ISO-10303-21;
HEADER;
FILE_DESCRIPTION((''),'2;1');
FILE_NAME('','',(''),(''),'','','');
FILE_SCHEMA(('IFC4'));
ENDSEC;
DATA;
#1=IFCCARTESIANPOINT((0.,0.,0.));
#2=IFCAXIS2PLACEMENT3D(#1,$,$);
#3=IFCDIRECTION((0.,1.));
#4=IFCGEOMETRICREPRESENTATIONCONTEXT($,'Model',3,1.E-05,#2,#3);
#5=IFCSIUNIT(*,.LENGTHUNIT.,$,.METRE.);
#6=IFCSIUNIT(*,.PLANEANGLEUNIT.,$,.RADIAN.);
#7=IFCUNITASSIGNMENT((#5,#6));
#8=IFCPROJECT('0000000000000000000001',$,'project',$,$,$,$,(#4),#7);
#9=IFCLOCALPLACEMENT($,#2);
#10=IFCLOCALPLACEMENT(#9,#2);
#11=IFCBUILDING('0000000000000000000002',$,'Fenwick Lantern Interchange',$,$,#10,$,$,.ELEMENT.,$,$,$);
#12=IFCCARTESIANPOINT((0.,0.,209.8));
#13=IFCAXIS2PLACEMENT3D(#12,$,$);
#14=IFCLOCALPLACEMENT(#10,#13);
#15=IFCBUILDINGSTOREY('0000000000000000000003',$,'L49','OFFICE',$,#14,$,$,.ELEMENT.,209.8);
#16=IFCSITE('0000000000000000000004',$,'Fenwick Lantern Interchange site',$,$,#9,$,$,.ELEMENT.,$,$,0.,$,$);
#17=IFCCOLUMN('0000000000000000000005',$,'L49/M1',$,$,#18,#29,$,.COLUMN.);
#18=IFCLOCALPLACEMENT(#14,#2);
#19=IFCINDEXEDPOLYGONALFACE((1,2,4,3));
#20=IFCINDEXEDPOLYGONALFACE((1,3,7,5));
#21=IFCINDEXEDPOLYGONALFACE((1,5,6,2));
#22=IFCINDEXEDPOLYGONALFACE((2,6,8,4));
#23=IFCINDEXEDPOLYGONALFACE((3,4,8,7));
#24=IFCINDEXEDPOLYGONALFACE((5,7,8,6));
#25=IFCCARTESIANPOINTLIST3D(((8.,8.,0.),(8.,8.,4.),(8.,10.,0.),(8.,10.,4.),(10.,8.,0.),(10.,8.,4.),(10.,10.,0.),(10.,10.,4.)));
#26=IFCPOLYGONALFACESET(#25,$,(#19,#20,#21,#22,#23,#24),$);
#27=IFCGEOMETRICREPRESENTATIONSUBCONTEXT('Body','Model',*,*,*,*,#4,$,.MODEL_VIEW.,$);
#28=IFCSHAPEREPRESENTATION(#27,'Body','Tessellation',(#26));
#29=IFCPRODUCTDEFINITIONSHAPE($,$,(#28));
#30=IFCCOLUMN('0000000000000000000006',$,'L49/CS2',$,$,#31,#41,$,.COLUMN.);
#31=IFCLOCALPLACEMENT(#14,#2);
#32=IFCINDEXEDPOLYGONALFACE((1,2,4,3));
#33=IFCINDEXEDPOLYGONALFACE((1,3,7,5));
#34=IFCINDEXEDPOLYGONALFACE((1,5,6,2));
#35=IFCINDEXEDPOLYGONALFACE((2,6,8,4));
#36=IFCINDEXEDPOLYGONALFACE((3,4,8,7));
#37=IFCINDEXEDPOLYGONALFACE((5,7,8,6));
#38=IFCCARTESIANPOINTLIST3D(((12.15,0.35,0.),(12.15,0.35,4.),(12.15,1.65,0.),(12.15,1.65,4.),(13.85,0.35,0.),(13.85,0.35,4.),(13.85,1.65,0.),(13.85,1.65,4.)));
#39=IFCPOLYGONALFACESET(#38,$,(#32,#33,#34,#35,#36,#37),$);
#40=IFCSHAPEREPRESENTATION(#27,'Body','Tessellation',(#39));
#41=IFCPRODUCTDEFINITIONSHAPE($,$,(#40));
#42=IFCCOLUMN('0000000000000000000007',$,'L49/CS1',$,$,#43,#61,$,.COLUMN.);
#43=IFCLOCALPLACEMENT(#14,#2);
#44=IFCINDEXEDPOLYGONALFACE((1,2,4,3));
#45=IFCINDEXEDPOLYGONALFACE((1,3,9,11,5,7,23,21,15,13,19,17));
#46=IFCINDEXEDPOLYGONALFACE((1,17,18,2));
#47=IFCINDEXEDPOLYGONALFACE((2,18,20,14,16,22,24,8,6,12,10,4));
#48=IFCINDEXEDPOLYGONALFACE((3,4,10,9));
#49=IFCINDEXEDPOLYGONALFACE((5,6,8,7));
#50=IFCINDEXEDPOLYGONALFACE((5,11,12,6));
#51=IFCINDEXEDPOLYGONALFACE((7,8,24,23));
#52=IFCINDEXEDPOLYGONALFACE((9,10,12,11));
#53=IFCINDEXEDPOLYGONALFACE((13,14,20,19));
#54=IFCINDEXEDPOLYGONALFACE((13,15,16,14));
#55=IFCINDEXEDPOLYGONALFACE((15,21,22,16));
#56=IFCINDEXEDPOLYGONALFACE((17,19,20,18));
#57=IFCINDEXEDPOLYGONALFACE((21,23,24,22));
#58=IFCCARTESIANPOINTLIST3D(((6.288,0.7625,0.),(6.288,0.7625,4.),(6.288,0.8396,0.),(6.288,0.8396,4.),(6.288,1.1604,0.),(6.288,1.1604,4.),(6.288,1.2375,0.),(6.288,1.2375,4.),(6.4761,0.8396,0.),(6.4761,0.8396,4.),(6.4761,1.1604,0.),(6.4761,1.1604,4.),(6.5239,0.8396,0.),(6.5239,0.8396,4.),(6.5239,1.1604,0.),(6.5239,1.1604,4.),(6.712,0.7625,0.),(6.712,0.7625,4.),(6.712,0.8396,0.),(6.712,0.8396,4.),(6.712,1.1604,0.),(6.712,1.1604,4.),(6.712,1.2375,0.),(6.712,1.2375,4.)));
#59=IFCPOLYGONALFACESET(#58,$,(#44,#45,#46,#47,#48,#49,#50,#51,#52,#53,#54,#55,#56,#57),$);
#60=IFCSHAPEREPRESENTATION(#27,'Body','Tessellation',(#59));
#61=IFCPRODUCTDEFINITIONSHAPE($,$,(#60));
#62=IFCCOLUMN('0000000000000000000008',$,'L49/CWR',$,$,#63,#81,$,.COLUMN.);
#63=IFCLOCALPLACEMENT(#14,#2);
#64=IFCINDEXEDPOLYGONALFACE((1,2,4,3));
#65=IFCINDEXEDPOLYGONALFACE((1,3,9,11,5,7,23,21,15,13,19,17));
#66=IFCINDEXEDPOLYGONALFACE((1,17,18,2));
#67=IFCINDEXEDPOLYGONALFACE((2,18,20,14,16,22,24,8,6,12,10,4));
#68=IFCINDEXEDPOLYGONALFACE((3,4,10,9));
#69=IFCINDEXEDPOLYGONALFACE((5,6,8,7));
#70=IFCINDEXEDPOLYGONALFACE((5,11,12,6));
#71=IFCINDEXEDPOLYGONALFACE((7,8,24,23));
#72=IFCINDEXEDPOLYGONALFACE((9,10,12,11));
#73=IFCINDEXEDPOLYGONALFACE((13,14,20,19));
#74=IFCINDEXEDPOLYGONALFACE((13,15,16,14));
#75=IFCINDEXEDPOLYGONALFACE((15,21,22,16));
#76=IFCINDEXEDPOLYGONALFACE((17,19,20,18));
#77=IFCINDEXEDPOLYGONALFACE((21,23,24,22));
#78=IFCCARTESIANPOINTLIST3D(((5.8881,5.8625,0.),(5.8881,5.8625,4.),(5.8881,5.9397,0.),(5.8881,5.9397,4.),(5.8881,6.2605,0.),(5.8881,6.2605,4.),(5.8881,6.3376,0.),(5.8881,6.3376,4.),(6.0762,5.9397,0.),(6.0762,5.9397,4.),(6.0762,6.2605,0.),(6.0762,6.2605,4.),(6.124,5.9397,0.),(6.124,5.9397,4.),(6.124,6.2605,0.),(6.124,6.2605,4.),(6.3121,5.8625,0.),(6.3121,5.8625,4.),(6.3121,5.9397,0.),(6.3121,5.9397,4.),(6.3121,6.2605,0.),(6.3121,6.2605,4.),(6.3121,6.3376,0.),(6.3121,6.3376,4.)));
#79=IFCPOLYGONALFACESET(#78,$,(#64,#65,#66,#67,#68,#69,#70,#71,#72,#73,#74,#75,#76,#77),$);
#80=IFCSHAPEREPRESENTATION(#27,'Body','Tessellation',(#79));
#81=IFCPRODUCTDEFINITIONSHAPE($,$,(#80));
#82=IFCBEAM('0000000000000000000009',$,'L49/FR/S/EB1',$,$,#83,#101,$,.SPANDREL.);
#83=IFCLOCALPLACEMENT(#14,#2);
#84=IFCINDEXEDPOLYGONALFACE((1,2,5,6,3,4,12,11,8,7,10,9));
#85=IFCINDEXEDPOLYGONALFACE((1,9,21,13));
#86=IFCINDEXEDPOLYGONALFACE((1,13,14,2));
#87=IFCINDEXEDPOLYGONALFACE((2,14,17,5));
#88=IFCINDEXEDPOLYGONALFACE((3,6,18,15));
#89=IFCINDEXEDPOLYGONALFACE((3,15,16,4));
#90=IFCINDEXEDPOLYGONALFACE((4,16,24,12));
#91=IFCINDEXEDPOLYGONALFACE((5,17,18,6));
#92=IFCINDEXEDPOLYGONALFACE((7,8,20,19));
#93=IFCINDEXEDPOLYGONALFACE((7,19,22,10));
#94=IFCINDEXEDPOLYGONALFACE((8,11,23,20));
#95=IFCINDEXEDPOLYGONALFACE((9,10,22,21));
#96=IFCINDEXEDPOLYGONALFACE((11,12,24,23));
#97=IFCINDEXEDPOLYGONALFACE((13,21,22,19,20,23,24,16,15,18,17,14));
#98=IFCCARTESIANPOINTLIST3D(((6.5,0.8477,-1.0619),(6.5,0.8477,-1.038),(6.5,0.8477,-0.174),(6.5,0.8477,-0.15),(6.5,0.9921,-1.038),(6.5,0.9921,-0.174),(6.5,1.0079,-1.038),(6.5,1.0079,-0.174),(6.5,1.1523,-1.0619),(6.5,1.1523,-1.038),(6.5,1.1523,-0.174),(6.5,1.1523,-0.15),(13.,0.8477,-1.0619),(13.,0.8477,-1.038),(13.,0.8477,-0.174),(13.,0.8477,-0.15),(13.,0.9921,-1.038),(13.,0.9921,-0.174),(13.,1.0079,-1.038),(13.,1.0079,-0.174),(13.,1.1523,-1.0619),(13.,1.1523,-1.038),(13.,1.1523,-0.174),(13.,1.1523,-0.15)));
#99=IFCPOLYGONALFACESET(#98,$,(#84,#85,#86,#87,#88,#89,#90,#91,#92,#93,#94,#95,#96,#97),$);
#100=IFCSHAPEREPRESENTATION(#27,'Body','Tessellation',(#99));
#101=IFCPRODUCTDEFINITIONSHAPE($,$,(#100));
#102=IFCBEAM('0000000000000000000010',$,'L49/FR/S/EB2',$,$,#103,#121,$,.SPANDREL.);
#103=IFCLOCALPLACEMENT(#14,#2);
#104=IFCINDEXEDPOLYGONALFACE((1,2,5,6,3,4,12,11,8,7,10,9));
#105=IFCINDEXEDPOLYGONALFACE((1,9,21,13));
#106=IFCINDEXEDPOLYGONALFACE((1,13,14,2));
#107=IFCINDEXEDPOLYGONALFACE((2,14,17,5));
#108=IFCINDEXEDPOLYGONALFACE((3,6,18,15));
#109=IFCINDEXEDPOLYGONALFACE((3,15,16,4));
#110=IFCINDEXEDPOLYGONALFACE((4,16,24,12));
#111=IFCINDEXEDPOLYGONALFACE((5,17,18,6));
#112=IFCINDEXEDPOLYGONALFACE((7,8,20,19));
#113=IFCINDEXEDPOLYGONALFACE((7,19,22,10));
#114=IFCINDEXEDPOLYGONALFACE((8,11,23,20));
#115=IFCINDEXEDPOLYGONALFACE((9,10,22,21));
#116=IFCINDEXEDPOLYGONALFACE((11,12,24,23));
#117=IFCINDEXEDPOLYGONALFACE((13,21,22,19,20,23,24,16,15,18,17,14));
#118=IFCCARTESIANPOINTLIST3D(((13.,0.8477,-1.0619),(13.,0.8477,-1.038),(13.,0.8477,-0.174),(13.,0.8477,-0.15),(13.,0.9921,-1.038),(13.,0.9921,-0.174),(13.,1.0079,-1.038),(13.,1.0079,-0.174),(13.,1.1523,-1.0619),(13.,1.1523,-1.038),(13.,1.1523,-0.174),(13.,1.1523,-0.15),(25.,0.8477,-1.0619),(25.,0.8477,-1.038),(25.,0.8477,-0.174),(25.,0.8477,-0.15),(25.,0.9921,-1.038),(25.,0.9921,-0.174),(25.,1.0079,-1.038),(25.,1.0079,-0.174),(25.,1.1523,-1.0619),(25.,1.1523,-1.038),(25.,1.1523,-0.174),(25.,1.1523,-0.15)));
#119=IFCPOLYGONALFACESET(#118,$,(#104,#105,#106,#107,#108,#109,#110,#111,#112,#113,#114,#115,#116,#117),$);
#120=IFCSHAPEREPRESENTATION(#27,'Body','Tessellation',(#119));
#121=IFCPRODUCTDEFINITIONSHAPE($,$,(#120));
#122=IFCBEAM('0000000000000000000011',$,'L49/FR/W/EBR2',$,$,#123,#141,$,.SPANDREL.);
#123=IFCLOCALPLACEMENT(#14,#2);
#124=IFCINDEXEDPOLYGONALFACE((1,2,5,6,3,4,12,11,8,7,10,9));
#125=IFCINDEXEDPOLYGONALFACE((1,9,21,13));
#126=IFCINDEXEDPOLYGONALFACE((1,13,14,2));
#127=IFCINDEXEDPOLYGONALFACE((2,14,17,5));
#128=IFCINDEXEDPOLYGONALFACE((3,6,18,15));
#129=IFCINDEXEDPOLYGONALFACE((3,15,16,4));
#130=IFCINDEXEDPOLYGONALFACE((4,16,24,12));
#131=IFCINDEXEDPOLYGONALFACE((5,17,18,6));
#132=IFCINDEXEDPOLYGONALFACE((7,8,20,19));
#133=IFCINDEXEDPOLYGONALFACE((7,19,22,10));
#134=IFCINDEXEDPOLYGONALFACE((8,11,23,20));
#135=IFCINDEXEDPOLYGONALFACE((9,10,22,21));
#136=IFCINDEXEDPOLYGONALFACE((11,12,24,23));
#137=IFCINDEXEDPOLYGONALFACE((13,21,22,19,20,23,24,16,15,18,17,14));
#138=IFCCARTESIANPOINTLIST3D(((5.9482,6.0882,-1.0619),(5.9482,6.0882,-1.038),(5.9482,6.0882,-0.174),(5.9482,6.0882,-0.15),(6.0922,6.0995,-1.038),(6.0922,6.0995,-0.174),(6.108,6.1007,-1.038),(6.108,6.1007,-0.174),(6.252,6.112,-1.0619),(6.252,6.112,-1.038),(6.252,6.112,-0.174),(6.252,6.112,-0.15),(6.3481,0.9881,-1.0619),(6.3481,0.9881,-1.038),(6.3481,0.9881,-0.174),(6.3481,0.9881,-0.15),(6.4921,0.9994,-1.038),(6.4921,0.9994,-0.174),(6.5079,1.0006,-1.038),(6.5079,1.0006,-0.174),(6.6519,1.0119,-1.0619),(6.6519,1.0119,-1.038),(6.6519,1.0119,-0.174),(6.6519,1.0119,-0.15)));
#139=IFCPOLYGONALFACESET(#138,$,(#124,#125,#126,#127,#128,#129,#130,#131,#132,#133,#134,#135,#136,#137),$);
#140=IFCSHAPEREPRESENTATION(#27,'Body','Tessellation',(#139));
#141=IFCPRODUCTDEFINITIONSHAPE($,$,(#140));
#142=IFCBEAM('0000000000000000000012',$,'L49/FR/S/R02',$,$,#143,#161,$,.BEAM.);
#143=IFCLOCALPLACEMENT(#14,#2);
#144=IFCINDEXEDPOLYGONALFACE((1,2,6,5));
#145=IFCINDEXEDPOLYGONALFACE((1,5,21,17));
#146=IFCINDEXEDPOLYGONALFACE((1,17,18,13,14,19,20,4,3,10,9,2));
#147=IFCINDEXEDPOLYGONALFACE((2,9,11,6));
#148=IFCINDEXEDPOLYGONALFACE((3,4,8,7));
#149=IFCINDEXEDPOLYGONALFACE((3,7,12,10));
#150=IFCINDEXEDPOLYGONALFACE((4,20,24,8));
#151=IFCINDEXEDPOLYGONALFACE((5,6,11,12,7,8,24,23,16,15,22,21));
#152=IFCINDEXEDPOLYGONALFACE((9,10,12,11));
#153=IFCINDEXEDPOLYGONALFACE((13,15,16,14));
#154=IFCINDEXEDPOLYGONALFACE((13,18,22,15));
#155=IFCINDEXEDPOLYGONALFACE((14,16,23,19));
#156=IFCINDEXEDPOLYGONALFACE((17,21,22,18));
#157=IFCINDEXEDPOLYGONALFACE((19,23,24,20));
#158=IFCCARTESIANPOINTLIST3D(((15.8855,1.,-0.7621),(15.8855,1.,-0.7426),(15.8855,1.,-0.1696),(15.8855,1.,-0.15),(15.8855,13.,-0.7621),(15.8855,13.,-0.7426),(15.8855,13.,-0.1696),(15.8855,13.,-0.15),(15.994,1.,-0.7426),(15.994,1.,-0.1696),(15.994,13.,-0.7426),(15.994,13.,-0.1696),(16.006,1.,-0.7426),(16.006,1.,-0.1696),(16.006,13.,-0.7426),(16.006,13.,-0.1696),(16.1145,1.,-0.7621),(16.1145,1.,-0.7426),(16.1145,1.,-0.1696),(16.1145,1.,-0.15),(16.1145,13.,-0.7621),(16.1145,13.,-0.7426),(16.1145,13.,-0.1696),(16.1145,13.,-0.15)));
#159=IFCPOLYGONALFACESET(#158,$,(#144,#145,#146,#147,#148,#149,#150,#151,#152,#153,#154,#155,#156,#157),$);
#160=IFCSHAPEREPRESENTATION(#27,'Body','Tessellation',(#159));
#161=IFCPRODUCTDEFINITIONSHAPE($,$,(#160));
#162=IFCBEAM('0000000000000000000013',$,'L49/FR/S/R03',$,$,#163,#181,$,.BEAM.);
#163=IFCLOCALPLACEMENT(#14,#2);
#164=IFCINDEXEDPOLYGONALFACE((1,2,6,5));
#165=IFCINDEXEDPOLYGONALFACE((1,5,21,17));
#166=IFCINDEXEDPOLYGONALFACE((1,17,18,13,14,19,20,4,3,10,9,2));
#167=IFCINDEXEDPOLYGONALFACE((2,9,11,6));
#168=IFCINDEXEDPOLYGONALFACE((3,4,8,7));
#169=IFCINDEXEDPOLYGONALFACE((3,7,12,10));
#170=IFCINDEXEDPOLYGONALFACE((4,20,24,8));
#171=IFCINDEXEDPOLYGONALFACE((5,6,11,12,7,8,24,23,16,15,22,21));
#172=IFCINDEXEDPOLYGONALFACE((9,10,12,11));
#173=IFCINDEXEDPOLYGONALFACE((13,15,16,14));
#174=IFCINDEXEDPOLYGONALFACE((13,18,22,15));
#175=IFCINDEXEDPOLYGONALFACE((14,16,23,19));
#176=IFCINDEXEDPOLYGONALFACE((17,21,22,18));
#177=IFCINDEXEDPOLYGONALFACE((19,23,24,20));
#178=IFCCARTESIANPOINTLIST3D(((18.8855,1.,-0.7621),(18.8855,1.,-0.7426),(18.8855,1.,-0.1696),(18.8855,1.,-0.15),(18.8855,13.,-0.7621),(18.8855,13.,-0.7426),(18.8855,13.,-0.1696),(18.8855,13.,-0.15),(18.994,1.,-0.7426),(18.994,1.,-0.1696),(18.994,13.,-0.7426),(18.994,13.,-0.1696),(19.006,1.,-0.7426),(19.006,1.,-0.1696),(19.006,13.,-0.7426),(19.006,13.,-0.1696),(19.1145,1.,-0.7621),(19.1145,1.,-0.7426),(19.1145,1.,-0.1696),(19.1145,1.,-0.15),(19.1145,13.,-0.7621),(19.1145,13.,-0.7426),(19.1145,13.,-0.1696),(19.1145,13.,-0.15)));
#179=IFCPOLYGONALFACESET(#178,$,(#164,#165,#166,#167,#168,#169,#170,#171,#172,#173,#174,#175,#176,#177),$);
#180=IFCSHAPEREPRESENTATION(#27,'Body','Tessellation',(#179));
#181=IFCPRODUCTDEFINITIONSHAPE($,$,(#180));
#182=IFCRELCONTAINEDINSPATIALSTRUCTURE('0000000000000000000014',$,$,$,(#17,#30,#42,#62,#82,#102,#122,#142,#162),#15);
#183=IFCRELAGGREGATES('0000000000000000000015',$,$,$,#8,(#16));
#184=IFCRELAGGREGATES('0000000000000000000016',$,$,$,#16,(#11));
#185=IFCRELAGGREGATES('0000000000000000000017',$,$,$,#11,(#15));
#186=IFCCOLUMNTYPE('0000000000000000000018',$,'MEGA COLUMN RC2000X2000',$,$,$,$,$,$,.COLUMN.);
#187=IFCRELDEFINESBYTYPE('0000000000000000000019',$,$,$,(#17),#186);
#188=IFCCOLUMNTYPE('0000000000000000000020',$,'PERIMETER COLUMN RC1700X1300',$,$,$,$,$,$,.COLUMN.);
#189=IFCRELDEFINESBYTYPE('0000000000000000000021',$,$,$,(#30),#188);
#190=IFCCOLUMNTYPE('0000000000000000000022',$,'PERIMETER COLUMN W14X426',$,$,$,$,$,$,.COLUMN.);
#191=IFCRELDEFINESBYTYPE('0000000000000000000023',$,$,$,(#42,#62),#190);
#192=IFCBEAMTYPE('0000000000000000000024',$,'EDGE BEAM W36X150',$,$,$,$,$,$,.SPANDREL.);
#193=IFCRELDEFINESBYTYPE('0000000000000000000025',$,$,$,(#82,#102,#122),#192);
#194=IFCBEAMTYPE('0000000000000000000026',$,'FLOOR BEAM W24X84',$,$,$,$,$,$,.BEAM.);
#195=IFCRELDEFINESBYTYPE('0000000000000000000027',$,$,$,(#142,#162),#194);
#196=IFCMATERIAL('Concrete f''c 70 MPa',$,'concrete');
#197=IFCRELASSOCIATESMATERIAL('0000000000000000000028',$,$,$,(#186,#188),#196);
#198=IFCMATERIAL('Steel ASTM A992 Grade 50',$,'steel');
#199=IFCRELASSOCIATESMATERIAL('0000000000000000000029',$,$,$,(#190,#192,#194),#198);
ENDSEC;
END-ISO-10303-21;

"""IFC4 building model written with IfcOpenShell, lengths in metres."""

from ifc_helpers import new_model, si_unit, direction, frame, origin, origin_2d, place, context, subcontext, project, spatial, rectangle, i_section, extrude, material, material_profile, profile_set, type_object, element, save


model = new_model("IFC4")

# Units and contexts
model_context = context("Model", 3, precision=1e-05, world=origin(), true_north=direction((0.0, 1.0)))
body_context = subcontext(model_context, "Body", "Model", "MODEL_VIEW")
ifc_project = project(units=[si_unit("LENGTHUNIT", "METRE"), si_unit("PLANEANGLEUNIT", "RADIAN")], contexts=[model_context])

# Site, building, storey
site_placement = place(None, origin())
site = spatial("IfcSite", under=ifc_project, at=site_placement, Name="Fenwick Lantern Interchange site", CompositionType="ELEMENT", RefElevation=0.0)
building_placement = place(site_placement, origin())
building = spatial("IfcBuilding", under=site, at=building_placement, Name="Fenwick Lantern Interchange", CompositionType="ELEMENT")
storey_placement = place(building_placement, frame((0.0, 0.0, 209.8)))
storey = spatial("IfcBuildingStorey", under=building, at=storey_placement, Name="L49", Description="OFFICE", CompositionType="ELEMENT", Elevation=209.8)

# Columns
ifc_material_1 = material(Name="Concrete f'c 70 MPa", Category="concrete")
ifc_material_profile_1 = material_profile(ifc_material_1, rectangle(XDim=2.0, YDim=2.0, at=origin_2d()), Name="RC2000X2000")
ifc_profile_set_1 = profile_set([ifc_material_profile_1], Name="Concrete f'c 70 MPa")
column_type_1 = type_object("IfcColumnType", Name="MEGA COLUMN RC2000X2000", PredefinedType="COLUMN", material=ifc_profile_set_1)
column_1_placement = place(storey_placement, frame((9.0, 9.0, 0.0), z_axis=(0.0, 0.0, 1.0), x_axis=(1.0, 0.0, 0.0)))
element("IfcColumn", 1, at=column_1_placement, inside=storey, type_object=column_type_1, Name="L49/M1", PredefinedType="COLUMN", context=body_context, shape_type="SweptSolid", body=[
    extrude(rectangle(XDim=2.0, YDim=2.0, at=origin_2d()), origin(), (0.0, 0.0, 1.0), 4.0),
])
ifc_material_profile_2 = material_profile(ifc_material_1, rectangle(XDim=1.7, YDim=1.3, at=origin_2d()), Name="RC1700X1300")
ifc_profile_set_2 = profile_set([ifc_material_profile_2], Name="Concrete f'c 70 MPa")
column_type_2 = type_object("IfcColumnType", Name="PERIMETER COLUMN RC1700X1300", PredefinedType="COLUMN", material=ifc_profile_set_2)
column_2_placement = place(storey_placement, frame((13.0, 1.0, 0.0), z_axis=(0.0, 0.0, 1.0), x_axis=(1.0, 0.0, 0.0)))
element("IfcColumn", 2, at=column_2_placement, inside=storey, type_object=column_type_2, Name="L49/CS2", PredefinedType="COLUMN", context=body_context, shape_type="SweptSolid", body=[
    extrude(rectangle(XDim=1.7, YDim=1.3, at=origin_2d()), origin(), (0.0, 0.0, 1.0), 4.0),
])
ifc_material_2 = material(Name="Steel ASTM A992 Grade 50", Category="steel")
ifc_material_profile_3 = material_profile(ifc_material_2, i_section(OverallWidth=0.4241, OverallDepth=0.4751, WebThickness=0.0479, FlangeThickness=0.0771, at=origin_2d()), Name="W14X426")
ifc_profile_set_3 = profile_set([ifc_material_profile_3], Name="Steel ASTM A992 Grade 50")
column_type_3 = type_object("IfcColumnType", Name="PERIMETER COLUMN W14X426", PredefinedType="COLUMN", material=ifc_profile_set_3)
for number, where, z_axis, x_axis, name in (
    (3, (6.5, 1.0, 0.0), (0.0, 0.0, 1.0), (1.0, 0.0, 0.0), "L49/CS1"),
    (4, (6.1001, 6.1001, 0.0), (0.0, 0.0, 1.0), (1.0, 0.0, 0.0), "L49/CWR"),
):
    element("IfcColumn", number, at=place(storey_placement, frame(where, z_axis=z_axis, x_axis=x_axis)), inside=storey, type_object=column_type_3, Name=name, PredefinedType="COLUMN", context=body_context, shape_type="SweptSolid", body=[
        extrude(i_section(OverallWidth=0.4241, OverallDepth=0.4751, WebThickness=0.0479, FlangeThickness=0.0771, at=origin_2d()), origin(), (0.0, 0.0, 1.0), 4.0),
    ])

# Beams
ifc_material_profile_4 = material_profile(ifc_material_2, i_section(OverallWidth=0.3047, OverallDepth=0.9119, WebThickness=0.0159, FlangeThickness=0.0239, at=origin_2d()), Name="W36X150")
ifc_profile_set_4 = profile_set([ifc_material_profile_4], Name="Steel ASTM A992 Grade 50")
beam_type_1 = type_object("IfcBeamType", Name="EDGE BEAM W36X150", PredefinedType="SPANDREL", material=ifc_profile_set_4)
beam_1_placement = place(storey_placement, frame((6.5, 1.0, -0.606), z_axis=(1.0, 0.0, 0.0), x_axis=(0.0, 1.0, 0.0)))
element("IfcBeam", 5, at=beam_1_placement, inside=storey, type_object=beam_type_1, Name="L49/FR/S/EB1", PredefinedType="SPANDREL", context=body_context, shape_type="SweptSolid", body=[
    extrude(i_section(OverallWidth=0.3047, OverallDepth=0.9119, WebThickness=0.0159, FlangeThickness=0.0239, at=origin_2d()), origin(), (0.0, 0.0, 1.0), 6.5),
])
beam_2_placement = place(storey_placement, frame((13.0, 1.0, -0.606), z_axis=(1.0, 0.0, 0.0), x_axis=(0.0, 1.0, 0.0)))
element("IfcBeam", 6, at=beam_2_placement, inside=storey, type_object=beam_type_1, Name="L49/FR/S/EB2", PredefinedType="SPANDREL", context=body_context, shape_type="SweptSolid", body=[
    extrude(i_section(OverallWidth=0.3047, OverallDepth=0.9119, WebThickness=0.0159, FlangeThickness=0.0239, at=origin_2d()), origin(), (0.0, 0.0, 1.0), 12.0),
])
beam_3_placement = place(storey_placement, frame((6.1001, 6.1001, -0.606), z_axis=(0.078171, -0.99694, 0.0), x_axis=(0.99694, 0.078171, 0.0)))
element("IfcBeam", 7, at=beam_3_placement, inside=storey, type_object=beam_type_1, Name="L49/FR/W/EBR2", PredefinedType="SPANDREL", context=body_context, shape_type="SweptSolid", body=[
    extrude(i_section(OverallWidth=0.3047, OverallDepth=0.9119, WebThickness=0.0159, FlangeThickness=0.0239, at=origin_2d()), origin(), (0.0, 0.0, 1.0), 5.1157),
])
ifc_material_profile_5 = material_profile(ifc_material_2, i_section(OverallWidth=0.229, OverallDepth=0.6121, WebThickness=0.012, FlangeThickness=0.0195, at=origin_2d()), Name="W24X84")
ifc_profile_set_5 = profile_set([ifc_material_profile_5], Name="Steel ASTM A992 Grade 50")
beam_type_2 = type_object("IfcBeamType", Name="FLOOR BEAM W24X84", PredefinedType="BEAM", material=ifc_profile_set_5)
for number, where, z_axis, x_axis, name in (
    (8, (16.0, 1.0, -0.4561), (0.0, 1.0, 0.0), (-1.0, 0.0, 0.0), "L49/FR/S/R02"),
    (9, (19.0, 1.0, -0.4561), (0.0, 1.0, 0.0), (-1.0, 0.0, 0.0), "L49/FR/S/R03"),
):
    element("IfcBeam", number, at=place(storey_placement, frame(where, z_axis=z_axis, x_axis=x_axis)), inside=storey, type_object=beam_type_2, Name=name, PredefinedType="BEAM", context=body_context, shape_type="SweptSolid", body=[
        extrude(i_section(OverallWidth=0.229, OverallDepth=0.6121, WebThickness=0.012, FlangeThickness=0.0195, at=origin_2d()), origin(), (0.0, 0.0, 1.0), 12.0),
    ])

save(model, "model.ifc")
